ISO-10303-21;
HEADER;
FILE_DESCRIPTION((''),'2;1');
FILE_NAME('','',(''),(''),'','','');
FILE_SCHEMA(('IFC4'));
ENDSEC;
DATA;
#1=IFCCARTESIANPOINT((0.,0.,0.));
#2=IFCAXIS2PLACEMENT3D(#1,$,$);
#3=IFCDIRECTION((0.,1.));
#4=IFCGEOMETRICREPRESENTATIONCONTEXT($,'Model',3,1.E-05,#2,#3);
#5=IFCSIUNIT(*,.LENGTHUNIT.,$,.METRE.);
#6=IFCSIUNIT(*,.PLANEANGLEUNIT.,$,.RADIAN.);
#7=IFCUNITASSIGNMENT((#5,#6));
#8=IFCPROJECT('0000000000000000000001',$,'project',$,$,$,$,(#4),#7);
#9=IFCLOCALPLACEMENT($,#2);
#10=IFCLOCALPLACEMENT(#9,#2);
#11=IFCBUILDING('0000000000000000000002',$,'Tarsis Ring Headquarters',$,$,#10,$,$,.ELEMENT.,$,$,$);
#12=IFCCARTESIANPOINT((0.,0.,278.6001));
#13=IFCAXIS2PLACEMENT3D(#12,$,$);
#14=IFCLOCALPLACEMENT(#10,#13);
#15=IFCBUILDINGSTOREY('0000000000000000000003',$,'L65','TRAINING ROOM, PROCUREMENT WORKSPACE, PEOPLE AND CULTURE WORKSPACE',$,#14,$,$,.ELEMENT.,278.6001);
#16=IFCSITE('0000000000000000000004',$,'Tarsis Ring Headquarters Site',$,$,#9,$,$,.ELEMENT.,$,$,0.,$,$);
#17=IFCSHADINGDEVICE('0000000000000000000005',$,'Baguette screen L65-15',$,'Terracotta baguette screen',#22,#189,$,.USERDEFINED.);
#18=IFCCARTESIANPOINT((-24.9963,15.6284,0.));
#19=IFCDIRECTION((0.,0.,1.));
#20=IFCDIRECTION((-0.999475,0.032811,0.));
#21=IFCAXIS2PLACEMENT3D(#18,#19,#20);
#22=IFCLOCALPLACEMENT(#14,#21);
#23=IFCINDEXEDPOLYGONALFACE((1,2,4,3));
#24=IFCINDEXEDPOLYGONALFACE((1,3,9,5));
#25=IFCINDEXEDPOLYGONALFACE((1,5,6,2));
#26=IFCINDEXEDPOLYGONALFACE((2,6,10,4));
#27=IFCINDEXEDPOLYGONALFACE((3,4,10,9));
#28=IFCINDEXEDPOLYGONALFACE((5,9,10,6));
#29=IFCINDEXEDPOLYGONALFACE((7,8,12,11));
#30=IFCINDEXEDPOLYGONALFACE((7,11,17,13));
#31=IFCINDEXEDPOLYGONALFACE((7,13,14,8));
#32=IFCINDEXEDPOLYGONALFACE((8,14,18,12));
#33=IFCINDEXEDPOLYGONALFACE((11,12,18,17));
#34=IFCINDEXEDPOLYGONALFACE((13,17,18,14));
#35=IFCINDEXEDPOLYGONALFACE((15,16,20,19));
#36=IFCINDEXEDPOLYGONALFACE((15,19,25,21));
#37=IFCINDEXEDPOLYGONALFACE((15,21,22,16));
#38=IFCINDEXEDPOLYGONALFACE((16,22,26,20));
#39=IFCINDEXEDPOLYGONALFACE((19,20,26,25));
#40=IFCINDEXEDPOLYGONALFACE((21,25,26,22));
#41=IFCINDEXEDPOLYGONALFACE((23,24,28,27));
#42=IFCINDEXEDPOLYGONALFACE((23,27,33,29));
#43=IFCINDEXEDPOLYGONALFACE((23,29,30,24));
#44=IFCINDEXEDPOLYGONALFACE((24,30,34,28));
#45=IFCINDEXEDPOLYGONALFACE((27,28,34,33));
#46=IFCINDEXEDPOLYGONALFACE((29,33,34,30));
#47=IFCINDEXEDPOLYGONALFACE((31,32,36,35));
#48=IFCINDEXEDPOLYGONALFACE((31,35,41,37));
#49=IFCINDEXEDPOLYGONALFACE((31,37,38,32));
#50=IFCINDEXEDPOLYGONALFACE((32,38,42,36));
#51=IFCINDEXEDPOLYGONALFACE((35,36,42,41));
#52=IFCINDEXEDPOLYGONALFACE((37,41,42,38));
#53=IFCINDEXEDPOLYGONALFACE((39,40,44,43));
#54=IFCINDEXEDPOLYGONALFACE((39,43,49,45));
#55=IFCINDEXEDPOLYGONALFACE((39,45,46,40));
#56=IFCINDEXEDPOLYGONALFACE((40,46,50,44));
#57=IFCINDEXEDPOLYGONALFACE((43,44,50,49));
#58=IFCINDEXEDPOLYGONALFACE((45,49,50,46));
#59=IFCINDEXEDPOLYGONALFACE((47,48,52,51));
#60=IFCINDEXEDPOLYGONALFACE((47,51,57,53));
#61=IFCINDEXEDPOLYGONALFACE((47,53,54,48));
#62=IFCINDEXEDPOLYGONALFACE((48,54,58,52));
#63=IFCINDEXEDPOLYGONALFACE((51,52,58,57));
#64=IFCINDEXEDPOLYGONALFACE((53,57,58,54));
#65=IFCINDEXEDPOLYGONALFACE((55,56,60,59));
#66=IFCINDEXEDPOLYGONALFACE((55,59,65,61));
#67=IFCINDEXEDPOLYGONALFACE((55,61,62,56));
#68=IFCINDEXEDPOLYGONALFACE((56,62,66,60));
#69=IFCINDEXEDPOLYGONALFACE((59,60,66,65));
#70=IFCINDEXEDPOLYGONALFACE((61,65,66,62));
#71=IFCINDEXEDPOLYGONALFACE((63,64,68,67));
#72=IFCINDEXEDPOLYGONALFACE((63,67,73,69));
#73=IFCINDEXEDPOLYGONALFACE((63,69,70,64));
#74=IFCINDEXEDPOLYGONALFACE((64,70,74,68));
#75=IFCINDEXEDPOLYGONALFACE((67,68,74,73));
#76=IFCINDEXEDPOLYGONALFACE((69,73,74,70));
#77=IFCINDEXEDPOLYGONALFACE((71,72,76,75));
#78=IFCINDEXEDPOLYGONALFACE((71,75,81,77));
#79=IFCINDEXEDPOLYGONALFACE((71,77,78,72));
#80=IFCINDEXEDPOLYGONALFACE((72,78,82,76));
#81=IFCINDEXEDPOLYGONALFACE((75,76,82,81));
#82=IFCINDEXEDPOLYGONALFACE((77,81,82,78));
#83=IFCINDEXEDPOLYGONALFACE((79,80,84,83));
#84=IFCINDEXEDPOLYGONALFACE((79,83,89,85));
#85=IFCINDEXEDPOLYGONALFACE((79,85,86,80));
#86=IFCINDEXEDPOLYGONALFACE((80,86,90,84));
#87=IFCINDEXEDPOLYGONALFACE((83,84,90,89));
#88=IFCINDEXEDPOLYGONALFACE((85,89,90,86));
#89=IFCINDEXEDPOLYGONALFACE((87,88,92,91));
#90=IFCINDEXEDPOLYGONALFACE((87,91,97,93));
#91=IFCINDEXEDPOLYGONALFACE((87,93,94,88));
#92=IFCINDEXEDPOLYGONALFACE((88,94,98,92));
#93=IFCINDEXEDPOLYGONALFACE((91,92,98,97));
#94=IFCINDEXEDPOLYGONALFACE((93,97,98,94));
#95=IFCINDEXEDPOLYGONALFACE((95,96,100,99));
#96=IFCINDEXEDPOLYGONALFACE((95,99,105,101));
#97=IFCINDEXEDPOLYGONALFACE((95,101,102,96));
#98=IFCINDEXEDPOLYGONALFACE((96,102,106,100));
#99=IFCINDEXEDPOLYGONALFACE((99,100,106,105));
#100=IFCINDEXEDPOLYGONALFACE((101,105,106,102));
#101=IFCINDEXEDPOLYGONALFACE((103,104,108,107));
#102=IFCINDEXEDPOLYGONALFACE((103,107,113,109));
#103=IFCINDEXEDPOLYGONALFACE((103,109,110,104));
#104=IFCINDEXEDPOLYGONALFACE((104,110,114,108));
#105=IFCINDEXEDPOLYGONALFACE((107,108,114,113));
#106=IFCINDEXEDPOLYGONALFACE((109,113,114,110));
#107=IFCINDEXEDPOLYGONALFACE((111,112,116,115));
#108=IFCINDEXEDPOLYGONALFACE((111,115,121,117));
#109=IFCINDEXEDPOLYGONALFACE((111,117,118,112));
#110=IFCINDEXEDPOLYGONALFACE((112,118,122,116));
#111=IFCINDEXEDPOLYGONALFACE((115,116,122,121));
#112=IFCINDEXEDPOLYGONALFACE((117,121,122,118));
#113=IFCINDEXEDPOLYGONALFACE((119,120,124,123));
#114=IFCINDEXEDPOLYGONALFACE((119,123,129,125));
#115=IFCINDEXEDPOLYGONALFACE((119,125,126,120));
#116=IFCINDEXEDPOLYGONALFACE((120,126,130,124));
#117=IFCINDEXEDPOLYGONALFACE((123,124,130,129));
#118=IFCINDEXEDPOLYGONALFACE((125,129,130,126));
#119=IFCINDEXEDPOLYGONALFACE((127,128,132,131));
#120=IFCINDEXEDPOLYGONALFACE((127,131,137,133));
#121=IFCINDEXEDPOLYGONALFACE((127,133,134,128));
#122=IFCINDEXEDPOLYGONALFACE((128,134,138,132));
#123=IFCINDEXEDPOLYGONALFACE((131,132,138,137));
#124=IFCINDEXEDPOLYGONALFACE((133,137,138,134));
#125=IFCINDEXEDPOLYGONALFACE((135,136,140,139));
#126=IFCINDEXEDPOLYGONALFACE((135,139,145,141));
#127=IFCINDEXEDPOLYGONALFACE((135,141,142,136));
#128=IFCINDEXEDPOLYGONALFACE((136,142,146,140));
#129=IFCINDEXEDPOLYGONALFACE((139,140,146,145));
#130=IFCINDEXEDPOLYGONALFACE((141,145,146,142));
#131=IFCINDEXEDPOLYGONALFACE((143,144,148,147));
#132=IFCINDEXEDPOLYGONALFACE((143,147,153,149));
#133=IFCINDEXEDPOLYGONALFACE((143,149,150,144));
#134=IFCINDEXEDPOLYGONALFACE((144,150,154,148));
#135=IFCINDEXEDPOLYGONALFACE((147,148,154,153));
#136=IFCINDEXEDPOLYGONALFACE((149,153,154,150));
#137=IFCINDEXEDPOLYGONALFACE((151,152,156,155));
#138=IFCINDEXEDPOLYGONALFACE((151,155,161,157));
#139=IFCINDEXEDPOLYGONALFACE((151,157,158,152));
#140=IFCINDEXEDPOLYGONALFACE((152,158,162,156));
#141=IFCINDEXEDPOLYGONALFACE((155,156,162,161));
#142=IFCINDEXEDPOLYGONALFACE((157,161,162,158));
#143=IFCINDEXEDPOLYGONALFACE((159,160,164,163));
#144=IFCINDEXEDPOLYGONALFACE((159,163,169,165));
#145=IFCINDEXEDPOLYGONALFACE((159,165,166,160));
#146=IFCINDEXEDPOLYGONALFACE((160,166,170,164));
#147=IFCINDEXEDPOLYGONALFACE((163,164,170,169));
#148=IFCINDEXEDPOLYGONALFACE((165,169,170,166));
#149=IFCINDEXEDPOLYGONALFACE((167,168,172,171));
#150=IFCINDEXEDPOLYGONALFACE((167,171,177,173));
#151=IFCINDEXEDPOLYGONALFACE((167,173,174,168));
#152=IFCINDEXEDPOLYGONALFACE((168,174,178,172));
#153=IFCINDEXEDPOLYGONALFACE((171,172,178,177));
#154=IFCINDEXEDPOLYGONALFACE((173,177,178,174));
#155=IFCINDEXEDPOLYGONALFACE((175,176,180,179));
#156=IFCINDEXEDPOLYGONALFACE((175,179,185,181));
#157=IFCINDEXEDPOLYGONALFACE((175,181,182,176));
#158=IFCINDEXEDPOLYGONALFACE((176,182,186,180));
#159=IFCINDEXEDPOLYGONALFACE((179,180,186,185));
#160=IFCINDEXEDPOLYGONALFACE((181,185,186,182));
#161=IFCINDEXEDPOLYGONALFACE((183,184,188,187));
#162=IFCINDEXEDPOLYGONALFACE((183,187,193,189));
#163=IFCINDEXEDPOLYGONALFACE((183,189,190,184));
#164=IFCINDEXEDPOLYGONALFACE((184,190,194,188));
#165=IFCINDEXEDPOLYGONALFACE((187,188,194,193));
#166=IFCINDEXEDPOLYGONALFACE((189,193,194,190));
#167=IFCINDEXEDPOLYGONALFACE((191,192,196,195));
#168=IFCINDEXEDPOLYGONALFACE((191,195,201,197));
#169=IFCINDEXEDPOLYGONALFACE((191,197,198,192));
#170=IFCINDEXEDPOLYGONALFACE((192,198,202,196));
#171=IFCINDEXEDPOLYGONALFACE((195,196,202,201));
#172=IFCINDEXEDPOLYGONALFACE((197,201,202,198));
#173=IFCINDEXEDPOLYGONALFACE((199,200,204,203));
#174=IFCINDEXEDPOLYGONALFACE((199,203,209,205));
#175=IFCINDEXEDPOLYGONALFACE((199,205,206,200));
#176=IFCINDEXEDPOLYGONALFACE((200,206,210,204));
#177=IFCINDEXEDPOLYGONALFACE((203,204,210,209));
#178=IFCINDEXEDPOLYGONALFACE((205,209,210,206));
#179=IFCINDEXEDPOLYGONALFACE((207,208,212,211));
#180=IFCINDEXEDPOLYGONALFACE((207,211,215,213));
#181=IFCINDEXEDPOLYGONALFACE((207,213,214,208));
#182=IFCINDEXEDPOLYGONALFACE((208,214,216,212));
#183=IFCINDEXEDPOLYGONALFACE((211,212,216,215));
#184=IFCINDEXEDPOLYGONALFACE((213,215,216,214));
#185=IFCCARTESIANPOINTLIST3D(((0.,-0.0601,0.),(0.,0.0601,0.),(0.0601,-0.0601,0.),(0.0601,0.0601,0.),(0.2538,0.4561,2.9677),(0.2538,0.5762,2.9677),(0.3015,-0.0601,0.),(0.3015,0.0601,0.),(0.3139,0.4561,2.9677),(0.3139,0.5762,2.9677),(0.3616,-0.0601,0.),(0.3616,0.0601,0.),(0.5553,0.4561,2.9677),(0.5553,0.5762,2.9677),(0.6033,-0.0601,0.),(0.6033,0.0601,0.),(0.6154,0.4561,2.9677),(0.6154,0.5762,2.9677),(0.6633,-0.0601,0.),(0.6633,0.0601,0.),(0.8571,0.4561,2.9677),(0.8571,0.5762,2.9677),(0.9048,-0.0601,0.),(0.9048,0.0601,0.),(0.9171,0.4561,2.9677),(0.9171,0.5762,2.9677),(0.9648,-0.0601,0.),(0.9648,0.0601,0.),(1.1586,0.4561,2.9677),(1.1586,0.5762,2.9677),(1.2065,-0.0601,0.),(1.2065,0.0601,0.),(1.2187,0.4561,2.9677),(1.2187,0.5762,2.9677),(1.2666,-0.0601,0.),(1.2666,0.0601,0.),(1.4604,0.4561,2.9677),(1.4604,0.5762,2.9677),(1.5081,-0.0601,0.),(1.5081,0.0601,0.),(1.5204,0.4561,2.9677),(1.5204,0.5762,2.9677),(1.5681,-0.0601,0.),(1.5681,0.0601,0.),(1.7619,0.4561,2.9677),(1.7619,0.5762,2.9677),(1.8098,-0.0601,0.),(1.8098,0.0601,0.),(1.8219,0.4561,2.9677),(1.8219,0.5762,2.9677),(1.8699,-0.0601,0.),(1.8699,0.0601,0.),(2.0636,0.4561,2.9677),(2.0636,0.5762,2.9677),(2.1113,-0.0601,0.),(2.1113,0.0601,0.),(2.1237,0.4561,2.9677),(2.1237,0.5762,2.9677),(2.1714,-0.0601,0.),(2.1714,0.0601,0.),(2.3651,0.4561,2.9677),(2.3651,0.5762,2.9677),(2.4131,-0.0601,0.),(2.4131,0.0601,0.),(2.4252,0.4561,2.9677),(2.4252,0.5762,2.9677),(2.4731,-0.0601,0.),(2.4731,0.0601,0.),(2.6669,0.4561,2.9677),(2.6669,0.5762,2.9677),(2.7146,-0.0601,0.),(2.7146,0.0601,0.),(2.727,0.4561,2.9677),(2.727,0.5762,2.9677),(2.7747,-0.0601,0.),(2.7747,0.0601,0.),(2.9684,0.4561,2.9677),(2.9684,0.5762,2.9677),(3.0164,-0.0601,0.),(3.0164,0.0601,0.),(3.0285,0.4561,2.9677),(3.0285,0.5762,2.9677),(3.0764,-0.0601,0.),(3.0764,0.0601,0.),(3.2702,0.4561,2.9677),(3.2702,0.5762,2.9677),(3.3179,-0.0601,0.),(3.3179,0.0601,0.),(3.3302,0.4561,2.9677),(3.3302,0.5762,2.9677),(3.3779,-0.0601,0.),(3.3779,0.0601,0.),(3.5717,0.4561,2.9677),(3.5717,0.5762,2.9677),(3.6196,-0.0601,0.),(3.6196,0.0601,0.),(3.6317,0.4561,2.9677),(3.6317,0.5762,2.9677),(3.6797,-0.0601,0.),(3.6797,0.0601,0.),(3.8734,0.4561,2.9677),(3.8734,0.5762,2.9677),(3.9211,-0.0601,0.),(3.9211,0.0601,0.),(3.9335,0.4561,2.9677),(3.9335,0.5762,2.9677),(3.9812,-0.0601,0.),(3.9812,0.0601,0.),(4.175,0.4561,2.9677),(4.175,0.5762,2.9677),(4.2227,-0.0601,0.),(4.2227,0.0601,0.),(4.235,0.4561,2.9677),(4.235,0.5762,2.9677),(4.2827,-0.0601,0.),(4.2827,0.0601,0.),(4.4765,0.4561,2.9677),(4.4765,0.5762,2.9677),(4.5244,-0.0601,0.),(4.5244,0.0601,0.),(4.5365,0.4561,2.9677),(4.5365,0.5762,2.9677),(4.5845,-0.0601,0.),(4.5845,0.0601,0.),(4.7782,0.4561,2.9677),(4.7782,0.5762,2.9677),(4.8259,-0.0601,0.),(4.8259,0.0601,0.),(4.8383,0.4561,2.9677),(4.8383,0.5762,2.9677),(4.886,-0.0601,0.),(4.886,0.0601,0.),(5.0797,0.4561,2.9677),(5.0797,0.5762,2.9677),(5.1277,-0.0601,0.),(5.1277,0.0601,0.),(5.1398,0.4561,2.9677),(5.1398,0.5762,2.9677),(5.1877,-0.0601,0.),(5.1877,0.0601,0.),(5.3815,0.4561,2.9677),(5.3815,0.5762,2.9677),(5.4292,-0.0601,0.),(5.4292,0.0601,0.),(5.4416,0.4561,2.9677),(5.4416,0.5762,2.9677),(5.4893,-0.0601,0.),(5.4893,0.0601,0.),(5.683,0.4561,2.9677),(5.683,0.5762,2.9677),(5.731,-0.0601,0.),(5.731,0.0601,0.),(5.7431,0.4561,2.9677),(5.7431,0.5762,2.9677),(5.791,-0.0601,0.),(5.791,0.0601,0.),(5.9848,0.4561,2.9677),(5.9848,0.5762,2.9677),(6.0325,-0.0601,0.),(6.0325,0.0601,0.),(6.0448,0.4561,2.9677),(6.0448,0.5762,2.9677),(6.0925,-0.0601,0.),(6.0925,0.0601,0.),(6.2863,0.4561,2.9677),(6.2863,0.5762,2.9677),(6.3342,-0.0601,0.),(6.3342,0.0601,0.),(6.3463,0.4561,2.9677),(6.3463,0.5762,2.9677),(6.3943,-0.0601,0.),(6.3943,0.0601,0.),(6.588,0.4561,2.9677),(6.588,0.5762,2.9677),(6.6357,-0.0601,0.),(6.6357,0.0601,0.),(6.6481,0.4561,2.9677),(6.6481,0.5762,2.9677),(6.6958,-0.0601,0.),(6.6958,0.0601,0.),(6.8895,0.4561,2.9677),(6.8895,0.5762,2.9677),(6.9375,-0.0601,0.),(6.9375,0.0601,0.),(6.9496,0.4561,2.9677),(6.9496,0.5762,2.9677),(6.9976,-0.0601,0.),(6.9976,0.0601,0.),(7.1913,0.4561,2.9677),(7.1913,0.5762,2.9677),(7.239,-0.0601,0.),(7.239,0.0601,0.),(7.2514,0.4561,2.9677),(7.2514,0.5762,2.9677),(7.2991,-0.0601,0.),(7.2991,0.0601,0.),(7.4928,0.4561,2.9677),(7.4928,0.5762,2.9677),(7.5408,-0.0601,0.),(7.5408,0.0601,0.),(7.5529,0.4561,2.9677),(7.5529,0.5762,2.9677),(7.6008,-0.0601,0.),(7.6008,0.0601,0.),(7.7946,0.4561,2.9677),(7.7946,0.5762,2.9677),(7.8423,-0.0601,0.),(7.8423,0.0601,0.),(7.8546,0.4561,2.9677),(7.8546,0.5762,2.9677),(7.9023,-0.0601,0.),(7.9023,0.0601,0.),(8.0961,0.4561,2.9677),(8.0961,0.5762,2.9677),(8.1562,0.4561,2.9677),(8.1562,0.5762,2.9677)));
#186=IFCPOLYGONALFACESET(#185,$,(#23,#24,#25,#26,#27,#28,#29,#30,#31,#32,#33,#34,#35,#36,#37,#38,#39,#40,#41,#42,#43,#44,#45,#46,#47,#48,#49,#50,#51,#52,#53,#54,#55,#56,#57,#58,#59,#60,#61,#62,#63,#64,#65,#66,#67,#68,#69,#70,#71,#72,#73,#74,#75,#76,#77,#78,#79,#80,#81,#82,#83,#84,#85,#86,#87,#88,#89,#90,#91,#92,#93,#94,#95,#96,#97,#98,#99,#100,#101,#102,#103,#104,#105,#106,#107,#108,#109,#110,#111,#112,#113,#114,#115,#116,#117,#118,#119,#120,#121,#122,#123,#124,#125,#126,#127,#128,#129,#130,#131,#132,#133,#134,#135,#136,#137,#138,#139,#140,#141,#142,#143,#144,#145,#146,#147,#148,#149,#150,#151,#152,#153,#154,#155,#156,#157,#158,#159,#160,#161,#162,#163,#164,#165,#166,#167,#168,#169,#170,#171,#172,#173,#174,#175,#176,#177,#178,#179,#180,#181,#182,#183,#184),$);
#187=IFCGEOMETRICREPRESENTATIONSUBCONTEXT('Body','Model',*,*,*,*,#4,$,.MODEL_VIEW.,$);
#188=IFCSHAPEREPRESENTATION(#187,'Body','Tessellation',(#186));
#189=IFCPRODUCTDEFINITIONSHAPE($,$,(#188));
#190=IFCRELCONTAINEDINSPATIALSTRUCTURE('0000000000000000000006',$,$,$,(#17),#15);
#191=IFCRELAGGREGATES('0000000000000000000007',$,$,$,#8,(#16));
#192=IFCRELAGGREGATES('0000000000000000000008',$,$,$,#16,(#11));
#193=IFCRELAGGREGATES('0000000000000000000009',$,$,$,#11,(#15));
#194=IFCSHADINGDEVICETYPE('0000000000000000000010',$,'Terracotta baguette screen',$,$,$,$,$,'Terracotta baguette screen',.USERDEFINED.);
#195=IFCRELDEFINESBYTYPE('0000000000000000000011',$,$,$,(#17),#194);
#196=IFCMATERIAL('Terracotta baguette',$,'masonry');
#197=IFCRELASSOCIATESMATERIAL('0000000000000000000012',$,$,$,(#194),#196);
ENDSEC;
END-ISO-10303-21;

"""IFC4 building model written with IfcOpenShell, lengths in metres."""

from ifc_helpers import new_model, si_unit, direction, frame, frame_2d, origin, place, context, subcontext, project, spatial, rectangle, composite_profile, extrude, material, type_object, element, save


model = new_model("IFC4")

# Units and contexts
model_context = context("Model", 3, precision=1e-05, world=origin(), true_north=direction((0.0, 1.0)))
body_context = subcontext(model_context, "Body", "Model", "MODEL_VIEW")
ifc_project = project(units=[si_unit("LENGTHUNIT", "METRE"), si_unit("PLANEANGLEUNIT", "RADIAN")], contexts=[model_context])

# Site, building, storey
site_placement = place(None, origin())
site = spatial("IfcSite", under=ifc_project, at=site_placement, Name="Tarsis Ring Headquarters Site", CompositionType="ELEMENT", RefElevation=0.0)
building_placement = place(site_placement, origin())
building = spatial("IfcBuilding", under=site, at=building_placement, Name="Tarsis Ring Headquarters", CompositionType="ELEMENT")
storey_placement = place(building_placement, frame((0.0, 0.0, 278.6001)))
storey = spatial("IfcBuildingStorey", under=building, at=storey_placement, Name="L65", Description="TRAINING ROOM, PROCUREMENT WORKSPACE, PEOPLE AND CULTURE WORKSPACE", CompositionType="ELEMENT", Elevation=278.6001)

# Shading device
ifc_material_1 = material(Name="Terracotta baguette", Category="masonry")
shading_device_type = type_object("IfcShadingDeviceType", Name="Terracotta baguette screen", ElementType="Terracotta baguette screen", PredefinedType="USERDEFINED", material=ifc_material_1)
shading_device_placement = place(storey_placement, frame((-24.9963, 15.6284, 0.0), z_axis=(0.0, 0.0, 1.0), x_axis=(-0.999475, 0.032811, 0.0)))
element("IfcShadingDevice", 1, at=shading_device_placement, inside=storey, type_object=shading_device_type, Name="Baguette screen L65-15", ObjectType="Terracotta baguette screen", PredefinedType="USERDEFINED", context=body_context, shape_type="SweptSolid", body=[
    extrude(composite_profile([rectangle(XDim=0.0601, YDim=0.1201, at=frame_2d((0.03, 0.0))), rectangle(XDim=0.0601, YDim=0.1201, at=frame_2d((0.3315, 0.0))), rectangle(XDim=0.0601, YDim=0.1201, at=frame_2d((0.6333, 0.0))), rectangle(XDim=0.0601, YDim=0.1201, at=frame_2d((0.9348, 0.0))), rectangle(XDim=0.0601, YDim=0.1201, at=frame_2d((1.2366, 0.0))), rectangle(XDim=0.0601, YDim=0.1201, at=frame_2d((1.5381, 0.0))), rectangle(XDim=0.0601, YDim=0.1201, at=frame_2d((1.8398, 0.0))), rectangle(XDim=0.0601, YDim=0.1201, at=frame_2d((2.1414, 0.0))), rectangle(XDim=0.0601, YDim=0.1201, at=frame_2d((2.4431, 0.0))), rectangle(XDim=0.0601, YDim=0.1201, at=frame_2d((2.7446, 0.0))), rectangle(XDim=0.0601, YDim=0.1201, at=frame_2d((3.0464, 0.0))), rectangle(XDim=0.0601, YDim=0.1201, at=frame_2d((3.3479, 0.0))), rectangle(XDim=0.0601, YDim=0.1201, at=frame_2d((3.6497, 0.0))), rectangle(XDim=0.0601, YDim=0.1201, at=frame_2d((3.9512, 0.0))), rectangle(XDim=0.0601, YDim=0.1201, at=frame_2d((4.2527, 0.0))), rectangle(XDim=0.0601, YDim=0.1201, at=frame_2d((4.5544, 0.0))), rectangle(XDim=0.0601, YDim=0.1201, at=frame_2d((4.856, 0.0))), rectangle(XDim=0.0601, YDim=0.1201, at=frame_2d((5.1577, 0.0))), rectangle(XDim=0.0601, YDim=0.1201, at=frame_2d((5.4592, 0.0))), rectangle(XDim=0.0601, YDim=0.1201, at=frame_2d((5.761, 0.0))), rectangle(XDim=0.0601, YDim=0.1201, at=frame_2d((6.0625, 0.0))), rectangle(XDim=0.0601, YDim=0.1201, at=frame_2d((6.3643, 0.0))), rectangle(XDim=0.0601, YDim=0.1201, at=frame_2d((6.6658, 0.0))), rectangle(XDim=0.0601, YDim=0.1201, at=frame_2d((6.9675, 0.0))), rectangle(XDim=0.0601, YDim=0.1201, at=frame_2d((7.269, 0.0))), rectangle(XDim=0.0601, YDim=0.1201, at=frame_2d((7.5708, 0.0))), rectangle(XDim=0.0601, YDim=0.1201, at=frame_2d((7.8723, 0.0)))]), origin(), (0.08396, 0.17075, 0.981731), 3.0229),
])

save(model, "model.ifc")
